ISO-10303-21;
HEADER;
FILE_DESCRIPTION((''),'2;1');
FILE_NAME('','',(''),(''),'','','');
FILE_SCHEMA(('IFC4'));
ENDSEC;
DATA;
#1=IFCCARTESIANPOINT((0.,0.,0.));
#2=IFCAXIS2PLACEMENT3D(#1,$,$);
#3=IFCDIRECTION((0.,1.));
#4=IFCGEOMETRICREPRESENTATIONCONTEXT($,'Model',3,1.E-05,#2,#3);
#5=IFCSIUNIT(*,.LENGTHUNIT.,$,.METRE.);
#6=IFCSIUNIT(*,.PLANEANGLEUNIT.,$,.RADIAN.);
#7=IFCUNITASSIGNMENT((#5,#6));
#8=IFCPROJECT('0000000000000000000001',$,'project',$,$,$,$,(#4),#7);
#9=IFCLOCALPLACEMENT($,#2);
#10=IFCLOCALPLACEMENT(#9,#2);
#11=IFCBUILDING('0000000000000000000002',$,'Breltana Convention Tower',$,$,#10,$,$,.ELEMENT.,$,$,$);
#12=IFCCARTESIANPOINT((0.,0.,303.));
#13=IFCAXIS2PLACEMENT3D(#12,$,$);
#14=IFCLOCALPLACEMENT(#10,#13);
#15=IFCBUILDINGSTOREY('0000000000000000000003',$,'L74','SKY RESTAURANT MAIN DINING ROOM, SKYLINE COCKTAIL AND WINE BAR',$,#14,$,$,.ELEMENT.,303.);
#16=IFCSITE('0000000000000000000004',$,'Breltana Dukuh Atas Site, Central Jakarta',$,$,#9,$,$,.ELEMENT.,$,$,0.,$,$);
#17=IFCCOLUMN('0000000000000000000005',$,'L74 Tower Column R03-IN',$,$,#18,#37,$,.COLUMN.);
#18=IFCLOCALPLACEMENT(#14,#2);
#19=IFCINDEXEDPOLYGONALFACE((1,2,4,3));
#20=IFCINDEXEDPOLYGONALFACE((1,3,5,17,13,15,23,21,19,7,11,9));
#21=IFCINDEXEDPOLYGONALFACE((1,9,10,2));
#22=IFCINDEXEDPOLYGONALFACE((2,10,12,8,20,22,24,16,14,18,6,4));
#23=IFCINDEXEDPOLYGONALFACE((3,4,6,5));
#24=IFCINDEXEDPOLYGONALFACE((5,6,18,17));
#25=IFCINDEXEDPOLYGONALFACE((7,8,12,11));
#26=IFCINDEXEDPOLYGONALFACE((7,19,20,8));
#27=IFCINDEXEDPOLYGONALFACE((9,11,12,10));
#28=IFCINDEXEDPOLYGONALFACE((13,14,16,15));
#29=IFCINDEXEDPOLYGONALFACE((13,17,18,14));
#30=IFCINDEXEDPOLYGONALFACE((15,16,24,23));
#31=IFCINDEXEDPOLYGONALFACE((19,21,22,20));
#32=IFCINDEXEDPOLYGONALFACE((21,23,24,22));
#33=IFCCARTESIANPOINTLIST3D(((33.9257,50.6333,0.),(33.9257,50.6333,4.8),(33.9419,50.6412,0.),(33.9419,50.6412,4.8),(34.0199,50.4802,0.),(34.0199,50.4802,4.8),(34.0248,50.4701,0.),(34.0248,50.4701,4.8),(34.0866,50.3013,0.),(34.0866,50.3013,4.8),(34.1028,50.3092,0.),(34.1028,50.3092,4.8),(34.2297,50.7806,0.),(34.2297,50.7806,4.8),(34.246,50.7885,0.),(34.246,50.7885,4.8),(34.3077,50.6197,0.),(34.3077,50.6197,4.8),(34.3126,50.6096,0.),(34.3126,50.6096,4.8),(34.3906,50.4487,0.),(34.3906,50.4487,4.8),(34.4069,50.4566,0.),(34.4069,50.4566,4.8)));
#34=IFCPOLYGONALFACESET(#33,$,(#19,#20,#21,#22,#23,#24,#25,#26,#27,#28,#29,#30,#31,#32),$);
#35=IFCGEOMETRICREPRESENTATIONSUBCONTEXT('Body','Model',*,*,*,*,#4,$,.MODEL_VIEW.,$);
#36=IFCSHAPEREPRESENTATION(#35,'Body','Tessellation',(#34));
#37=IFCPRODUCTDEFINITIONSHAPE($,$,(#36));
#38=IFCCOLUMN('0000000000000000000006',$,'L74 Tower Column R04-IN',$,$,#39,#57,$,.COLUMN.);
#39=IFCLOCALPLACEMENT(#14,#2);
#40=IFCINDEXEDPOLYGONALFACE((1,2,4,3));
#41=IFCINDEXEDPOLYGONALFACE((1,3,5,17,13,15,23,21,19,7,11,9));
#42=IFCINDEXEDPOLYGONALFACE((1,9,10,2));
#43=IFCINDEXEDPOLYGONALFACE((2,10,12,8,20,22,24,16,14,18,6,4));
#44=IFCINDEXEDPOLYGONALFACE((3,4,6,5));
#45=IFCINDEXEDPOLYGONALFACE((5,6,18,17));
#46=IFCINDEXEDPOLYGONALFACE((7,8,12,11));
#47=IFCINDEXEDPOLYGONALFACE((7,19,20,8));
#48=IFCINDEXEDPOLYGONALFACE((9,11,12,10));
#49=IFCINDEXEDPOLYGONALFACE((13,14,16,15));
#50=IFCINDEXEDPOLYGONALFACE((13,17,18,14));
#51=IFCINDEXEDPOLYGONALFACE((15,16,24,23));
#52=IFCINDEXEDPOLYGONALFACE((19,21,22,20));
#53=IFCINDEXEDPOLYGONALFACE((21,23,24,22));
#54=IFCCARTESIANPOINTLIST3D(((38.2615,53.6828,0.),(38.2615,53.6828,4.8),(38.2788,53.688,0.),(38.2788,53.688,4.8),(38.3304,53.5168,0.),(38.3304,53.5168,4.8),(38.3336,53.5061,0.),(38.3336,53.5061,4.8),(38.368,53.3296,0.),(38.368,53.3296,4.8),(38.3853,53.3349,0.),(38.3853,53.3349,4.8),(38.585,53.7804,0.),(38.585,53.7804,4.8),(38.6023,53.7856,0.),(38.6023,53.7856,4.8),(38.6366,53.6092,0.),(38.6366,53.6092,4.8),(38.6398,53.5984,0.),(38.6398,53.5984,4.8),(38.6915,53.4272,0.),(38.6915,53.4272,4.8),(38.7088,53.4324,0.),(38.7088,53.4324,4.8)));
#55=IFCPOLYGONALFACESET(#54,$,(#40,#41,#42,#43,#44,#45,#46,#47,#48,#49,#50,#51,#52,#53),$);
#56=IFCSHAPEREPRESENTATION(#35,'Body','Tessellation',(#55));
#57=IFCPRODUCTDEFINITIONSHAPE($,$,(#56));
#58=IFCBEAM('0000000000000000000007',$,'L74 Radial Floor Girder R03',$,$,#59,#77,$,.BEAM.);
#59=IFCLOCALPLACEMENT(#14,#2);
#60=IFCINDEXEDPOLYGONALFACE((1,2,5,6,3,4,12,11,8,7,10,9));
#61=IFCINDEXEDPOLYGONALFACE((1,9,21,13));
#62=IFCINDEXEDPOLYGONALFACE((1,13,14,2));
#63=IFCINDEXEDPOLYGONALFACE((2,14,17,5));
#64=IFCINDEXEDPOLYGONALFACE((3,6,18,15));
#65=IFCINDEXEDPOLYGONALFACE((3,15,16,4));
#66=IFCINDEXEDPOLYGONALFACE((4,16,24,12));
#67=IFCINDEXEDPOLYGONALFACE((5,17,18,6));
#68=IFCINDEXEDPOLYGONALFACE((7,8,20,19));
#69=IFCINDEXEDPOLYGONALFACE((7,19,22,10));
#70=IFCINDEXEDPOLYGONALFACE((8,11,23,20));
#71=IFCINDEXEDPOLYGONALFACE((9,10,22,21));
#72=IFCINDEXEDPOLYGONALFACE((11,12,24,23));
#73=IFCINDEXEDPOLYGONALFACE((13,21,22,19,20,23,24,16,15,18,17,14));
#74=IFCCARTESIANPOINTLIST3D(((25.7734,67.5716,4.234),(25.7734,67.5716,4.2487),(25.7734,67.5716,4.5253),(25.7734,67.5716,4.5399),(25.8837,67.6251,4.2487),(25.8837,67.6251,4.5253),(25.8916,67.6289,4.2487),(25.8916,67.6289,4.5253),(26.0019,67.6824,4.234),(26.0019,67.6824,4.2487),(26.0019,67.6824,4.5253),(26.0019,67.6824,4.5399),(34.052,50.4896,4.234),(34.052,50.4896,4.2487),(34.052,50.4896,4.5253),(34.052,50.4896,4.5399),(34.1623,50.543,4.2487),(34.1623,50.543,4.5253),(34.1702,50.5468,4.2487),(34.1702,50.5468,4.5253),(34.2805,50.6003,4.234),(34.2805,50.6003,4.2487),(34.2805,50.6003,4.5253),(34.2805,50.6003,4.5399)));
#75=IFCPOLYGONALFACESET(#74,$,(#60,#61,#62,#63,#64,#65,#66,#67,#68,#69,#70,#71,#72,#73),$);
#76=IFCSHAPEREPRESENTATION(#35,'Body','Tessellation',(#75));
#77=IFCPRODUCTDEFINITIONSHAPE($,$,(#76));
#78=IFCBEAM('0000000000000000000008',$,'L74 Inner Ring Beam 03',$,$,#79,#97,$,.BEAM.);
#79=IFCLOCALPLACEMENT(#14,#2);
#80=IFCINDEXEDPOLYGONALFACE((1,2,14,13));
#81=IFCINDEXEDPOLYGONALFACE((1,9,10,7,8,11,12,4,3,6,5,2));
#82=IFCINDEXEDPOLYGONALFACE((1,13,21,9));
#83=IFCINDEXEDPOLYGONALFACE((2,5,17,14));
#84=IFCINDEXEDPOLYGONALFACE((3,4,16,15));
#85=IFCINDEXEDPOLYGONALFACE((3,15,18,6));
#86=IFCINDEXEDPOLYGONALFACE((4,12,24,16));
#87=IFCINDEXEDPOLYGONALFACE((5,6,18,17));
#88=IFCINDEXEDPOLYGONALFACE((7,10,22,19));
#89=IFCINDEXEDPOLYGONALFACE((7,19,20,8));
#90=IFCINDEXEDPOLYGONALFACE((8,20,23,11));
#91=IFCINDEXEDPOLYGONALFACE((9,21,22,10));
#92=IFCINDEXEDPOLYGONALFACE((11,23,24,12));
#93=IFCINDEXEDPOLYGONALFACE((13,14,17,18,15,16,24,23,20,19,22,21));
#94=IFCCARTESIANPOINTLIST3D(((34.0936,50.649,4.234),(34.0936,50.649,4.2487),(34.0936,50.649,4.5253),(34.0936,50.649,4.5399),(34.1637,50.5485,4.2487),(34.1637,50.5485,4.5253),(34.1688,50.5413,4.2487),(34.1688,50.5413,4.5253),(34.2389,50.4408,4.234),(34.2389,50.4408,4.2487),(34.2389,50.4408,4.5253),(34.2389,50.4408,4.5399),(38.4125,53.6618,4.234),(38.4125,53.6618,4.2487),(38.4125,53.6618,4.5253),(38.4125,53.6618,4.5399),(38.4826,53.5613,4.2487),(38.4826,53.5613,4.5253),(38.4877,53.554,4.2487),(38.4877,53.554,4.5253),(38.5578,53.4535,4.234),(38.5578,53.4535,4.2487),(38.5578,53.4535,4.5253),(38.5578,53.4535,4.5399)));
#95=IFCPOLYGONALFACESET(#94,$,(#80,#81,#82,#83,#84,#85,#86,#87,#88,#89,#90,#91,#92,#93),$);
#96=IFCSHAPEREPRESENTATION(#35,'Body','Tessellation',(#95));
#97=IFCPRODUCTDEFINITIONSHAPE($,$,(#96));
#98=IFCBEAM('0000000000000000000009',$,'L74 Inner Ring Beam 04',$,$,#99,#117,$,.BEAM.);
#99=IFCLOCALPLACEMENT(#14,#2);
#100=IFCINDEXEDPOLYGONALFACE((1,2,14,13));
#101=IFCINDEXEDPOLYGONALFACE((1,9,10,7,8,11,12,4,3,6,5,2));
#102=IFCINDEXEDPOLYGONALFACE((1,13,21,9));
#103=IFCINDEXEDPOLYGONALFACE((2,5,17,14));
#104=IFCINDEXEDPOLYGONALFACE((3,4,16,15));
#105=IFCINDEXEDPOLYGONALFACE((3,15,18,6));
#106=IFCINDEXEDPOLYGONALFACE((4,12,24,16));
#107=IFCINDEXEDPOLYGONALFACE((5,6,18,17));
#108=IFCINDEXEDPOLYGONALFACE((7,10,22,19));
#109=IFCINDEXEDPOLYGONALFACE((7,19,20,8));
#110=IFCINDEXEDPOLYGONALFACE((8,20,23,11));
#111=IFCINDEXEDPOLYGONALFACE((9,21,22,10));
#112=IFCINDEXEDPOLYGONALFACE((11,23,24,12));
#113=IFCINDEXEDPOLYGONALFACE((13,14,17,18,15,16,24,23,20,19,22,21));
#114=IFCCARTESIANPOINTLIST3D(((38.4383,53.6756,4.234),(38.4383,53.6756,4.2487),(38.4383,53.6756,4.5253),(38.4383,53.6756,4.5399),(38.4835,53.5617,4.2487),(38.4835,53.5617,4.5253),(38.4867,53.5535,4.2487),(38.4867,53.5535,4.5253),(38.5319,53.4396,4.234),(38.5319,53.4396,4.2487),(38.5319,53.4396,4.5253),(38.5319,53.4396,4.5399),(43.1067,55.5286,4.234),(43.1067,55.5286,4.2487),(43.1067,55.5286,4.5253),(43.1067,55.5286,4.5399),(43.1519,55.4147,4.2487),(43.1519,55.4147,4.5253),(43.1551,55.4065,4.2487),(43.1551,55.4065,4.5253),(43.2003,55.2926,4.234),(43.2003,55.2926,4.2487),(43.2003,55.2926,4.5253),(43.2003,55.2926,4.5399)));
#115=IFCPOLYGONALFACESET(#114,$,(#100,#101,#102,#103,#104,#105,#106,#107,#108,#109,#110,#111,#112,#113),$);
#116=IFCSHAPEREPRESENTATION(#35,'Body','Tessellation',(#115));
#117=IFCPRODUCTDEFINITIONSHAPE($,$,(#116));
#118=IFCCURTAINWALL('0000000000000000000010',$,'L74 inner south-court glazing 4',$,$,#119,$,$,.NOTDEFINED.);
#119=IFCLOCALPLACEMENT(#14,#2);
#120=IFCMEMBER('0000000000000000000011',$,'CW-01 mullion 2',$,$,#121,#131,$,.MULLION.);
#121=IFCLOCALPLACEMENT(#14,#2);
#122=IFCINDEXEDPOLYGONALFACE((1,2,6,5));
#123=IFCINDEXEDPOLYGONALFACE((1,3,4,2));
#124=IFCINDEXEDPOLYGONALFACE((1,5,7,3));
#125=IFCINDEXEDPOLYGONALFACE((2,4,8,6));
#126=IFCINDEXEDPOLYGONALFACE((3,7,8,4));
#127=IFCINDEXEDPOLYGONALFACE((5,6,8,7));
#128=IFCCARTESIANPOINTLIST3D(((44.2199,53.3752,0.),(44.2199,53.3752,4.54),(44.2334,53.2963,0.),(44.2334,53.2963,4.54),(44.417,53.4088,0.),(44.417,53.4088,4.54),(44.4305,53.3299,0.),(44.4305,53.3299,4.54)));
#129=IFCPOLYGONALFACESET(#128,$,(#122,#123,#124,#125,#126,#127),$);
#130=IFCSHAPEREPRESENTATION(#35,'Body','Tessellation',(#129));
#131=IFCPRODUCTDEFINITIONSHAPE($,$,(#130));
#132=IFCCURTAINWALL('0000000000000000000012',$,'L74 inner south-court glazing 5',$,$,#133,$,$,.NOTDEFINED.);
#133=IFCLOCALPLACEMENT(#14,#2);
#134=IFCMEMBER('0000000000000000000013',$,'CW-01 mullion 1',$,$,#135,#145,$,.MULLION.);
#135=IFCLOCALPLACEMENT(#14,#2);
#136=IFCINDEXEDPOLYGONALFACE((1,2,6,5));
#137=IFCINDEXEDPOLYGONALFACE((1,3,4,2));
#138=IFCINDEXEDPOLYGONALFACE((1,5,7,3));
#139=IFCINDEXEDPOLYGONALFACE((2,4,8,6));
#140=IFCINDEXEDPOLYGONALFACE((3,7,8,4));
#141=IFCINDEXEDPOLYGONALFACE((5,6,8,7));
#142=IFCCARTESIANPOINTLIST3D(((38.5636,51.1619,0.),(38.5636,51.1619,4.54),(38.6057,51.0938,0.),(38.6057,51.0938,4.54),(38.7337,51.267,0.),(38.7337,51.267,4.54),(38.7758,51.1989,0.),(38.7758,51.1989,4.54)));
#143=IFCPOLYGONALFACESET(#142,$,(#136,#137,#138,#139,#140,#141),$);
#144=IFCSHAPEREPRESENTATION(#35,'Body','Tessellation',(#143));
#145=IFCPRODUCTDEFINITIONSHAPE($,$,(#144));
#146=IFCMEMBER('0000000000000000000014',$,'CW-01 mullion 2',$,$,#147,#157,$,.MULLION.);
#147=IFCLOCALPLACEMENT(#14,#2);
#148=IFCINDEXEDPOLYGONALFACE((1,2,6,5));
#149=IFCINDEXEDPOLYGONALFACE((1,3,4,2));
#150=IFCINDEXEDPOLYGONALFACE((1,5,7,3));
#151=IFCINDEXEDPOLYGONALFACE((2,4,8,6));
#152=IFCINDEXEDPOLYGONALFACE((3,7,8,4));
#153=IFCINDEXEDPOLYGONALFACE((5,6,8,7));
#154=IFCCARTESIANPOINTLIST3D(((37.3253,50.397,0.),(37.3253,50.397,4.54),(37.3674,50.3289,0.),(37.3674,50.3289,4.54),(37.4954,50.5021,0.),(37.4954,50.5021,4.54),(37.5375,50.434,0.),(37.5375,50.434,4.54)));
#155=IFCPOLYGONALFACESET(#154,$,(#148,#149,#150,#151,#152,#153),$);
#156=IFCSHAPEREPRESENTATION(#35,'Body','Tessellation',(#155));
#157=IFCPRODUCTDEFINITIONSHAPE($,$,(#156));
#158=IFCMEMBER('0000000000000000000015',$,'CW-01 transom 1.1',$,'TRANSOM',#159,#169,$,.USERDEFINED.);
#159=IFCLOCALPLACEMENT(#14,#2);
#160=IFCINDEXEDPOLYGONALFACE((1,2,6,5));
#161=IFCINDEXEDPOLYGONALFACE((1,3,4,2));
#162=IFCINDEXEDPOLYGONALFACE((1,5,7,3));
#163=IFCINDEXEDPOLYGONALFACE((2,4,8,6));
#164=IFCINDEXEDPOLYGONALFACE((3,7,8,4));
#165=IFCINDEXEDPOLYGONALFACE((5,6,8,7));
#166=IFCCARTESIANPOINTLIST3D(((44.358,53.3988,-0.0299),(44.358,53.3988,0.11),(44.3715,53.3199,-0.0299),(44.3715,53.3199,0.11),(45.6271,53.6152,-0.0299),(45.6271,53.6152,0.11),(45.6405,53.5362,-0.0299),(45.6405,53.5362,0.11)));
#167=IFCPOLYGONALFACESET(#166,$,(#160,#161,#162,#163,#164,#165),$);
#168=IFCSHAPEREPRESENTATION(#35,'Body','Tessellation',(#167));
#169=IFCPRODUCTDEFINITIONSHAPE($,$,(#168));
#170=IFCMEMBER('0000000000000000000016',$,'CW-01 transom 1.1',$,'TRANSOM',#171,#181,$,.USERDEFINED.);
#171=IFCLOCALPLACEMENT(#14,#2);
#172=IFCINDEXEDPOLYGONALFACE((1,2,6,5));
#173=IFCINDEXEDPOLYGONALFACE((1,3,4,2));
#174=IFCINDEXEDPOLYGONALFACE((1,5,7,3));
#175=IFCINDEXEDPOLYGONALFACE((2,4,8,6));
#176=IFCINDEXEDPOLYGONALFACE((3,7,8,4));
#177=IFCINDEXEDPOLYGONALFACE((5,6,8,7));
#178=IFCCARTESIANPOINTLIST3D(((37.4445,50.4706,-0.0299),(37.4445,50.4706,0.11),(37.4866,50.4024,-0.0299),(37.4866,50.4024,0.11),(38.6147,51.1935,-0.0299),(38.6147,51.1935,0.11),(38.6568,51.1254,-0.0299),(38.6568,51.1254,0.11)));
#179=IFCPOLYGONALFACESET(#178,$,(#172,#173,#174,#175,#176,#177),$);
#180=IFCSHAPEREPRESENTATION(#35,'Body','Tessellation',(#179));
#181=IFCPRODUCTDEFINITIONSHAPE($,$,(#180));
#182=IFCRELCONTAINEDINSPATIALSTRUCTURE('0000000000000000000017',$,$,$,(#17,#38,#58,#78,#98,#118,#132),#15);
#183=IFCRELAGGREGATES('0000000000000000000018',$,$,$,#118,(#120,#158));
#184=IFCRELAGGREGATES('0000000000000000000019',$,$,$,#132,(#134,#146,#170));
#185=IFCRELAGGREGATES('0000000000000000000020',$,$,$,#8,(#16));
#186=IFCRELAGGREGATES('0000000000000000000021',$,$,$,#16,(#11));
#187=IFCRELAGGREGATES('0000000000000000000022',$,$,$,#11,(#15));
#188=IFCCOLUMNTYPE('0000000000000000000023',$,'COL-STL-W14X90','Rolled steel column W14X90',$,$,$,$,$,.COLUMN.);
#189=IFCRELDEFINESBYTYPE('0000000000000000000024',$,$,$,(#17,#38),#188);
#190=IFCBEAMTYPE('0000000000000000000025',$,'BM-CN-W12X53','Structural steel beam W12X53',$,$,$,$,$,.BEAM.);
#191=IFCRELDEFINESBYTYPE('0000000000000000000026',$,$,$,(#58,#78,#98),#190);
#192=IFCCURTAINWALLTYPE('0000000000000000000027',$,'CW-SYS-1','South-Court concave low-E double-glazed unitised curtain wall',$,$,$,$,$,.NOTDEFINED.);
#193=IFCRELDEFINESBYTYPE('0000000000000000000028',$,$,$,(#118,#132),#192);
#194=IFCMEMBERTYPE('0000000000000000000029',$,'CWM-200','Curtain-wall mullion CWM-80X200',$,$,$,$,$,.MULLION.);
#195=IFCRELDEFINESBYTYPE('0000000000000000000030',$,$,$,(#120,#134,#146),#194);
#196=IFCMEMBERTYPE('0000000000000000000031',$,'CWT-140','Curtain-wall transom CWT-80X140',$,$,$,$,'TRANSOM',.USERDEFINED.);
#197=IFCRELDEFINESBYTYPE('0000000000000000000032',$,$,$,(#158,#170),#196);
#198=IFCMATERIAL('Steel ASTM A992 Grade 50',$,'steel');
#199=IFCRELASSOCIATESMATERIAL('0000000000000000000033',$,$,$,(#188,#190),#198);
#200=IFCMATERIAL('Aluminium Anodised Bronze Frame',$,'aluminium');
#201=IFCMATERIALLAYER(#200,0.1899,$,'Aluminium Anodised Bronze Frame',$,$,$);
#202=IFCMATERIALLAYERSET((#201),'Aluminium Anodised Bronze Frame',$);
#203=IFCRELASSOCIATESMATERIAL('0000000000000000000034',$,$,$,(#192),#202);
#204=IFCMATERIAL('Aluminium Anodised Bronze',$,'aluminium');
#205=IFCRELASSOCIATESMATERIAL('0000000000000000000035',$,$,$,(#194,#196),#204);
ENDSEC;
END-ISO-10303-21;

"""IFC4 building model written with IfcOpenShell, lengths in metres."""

from ifc_helpers import new_model, si_unit, direction, frame, origin, origin_2d, place, context, subcontext, project, spatial, rectangle, i_section, extrude, source, transform, mapped, material, layer, layer_set, material_profile, profile_set, type_object, type_shapes, element, aggregate, save


model = new_model("IFC4")

# Units and contexts
model_context = context("Model", 3, precision=1e-05, world=origin(), true_north=direction((0.0, 1.0)))
body_context = subcontext(model_context, "Body", "Model", "MODEL_VIEW")
ifc_project = project(units=[si_unit("LENGTHUNIT", "METRE"), si_unit("PLANEANGLEUNIT", "RADIAN")], contexts=[model_context])

# Site, building, storey
site_placement = place(None, origin())
site = spatial("IfcSite", under=ifc_project, at=site_placement, Name="Breltana Dukuh Atas Site, Central Jakarta", CompositionType="ELEMENT", RefElevation=0.0)
building_placement = place(site_placement, origin())
building = spatial("IfcBuilding", under=site, at=building_placement, Name="Breltana Convention Tower", CompositionType="ELEMENT")
storey_placement = place(building_placement, frame((0.0, 0.0, 303.0)))
storey = spatial("IfcBuildingStorey", under=building, at=storey_placement, Name="L74", Description="SKY RESTAURANT MAIN DINING ROOM, SKYLINE COCKTAIL AND WINE BAR", CompositionType="ELEMENT", Elevation=303.0)

# Columns
ifc_material_1 = material(Name="Steel ASTM A992 Grade 50", Category="steel")
ifc_material_profile_1 = material_profile(ifc_material_1, i_section(OverallWidth=0.3689, OverallDepth=0.356, WebThickness=0.0112, FlangeThickness=0.0181, at=origin_2d()), Name="W14X90")
ifc_profile_set_1 = profile_set([ifc_material_profile_1], Name="Steel ASTM A992 Grade 50")
column_type = type_object("IfcColumnType", Name="COL-STL-W14X90", Description="Rolled steel column W14X90", PredefinedType="COLUMN", material=ifc_profile_set_1)
shared_shape_1 = source(origin(), body_context, "Body", "SweptSolid", [
    extrude(i_section(OverallWidth=0.3689, OverallDepth=0.356, WebThickness=0.0112, FlangeThickness=0.0181, at=origin_2d()), origin(), (0.0, 0.0, 1.0), 4.8),
])
type_shapes(column_type, [shared_shape_1])
for number, where, z_axis, x_axis, name in (
    (1, (34.1663, 50.5449, 0.0), (0.0, 0.0, 1.0), (-0.436174, 0.899863, 0.0), "L74 Tower Column R03-IN"),
    (2, (38.4851, 53.5576, 0.0), (0.0, 0.0, 1.0), (-0.288698, 0.95742, 0.0), "L74 Tower Column R04-IN"),
):
    element("IfcColumn", number, at=place(storey_placement, frame(where, z_axis=z_axis, x_axis=x_axis)), inside=storey, type_object=column_type, Name=name, PredefinedType="COLUMN", context=body_context, shape_type="MappedRepresentation", body=[
        mapped(shared_shape_1, transform((0.0, 0.0, 0.0), scale=1.0)),
    ])

# Beams
ifc_material_profile_2 = material_profile(ifc_material_1, i_section(OverallWidth=0.2539, OverallDepth=0.3059, WebThickness=0.0088, FlangeThickness=0.0146, at=origin_2d()), Name="W12X53")
ifc_profile_set_2 = profile_set([ifc_material_profile_2], Name="Steel ASTM A992 Grade 50")
beam_type = type_object("IfcBeamType", Name="BM-CN-W12X53", Description="Structural steel beam W12X53", PredefinedType="BEAM", material=ifc_profile_set_2)
shared_shape_2 = source(origin(), body_context, "Body", "SweptSolid", [
    extrude(i_section(OverallWidth=0.2539, OverallDepth=0.3059, WebThickness=0.0088, FlangeThickness=0.0146, at=origin_2d()), origin(), (0.0, 0.0, 1.0), 18.9824),
])
beam_1_placement = place(storey_placement, frame((34.1663, 50.5449, 4.387), z_axis=(-0.436119, 0.899889, 0.0), x_axis=(-0.899889, -0.436119, 0.0)))
element("IfcBeam", 3, at=beam_1_placement, inside=storey, type_object=beam_type, Name="L74 Radial Floor Girder R03", PredefinedType="BEAM", context=body_context, shape_type="MappedRepresentation", body=[
    mapped(shared_shape_2, transform((0.0, 0.0, 0.0), scale=1.0)),
])
shared_shape_3 = source(origin(), body_context, "Body", "SweptSolid", [
    extrude(i_section(OverallWidth=0.2539, OverallDepth=0.3059, WebThickness=0.0088, FlangeThickness=0.0146, at=origin_2d()), origin(), (0.0, 0.0, 1.0), 5.2659),
])
beam_2_placement = place(storey_placement, frame((34.1663, 50.5449, 4.387), z_axis=(0.820167, 0.572124, 0.0), x_axis=(-0.572124, 0.820167, 0.0)))
element("IfcBeam", 4, at=beam_2_placement, inside=storey, type_object=beam_type, Name="L74 Inner Ring Beam 03", PredefinedType="BEAM", context=body_context, shape_type="MappedRepresentation", body=[
    mapped(shared_shape_3, transform((0.0, 0.0, 0.0), scale=1.0)),
])
shared_shape_4 = source(origin(), body_context, "Body", "SweptSolid", [
    extrude(i_section(OverallWidth=0.2539, OverallDepth=0.3059, WebThickness=0.0088, FlangeThickness=0.0146, at=origin_2d()), origin(), (0.0, 0.0, 1.0), 5.0227),
])
beam_3_placement = place(storey_placement, frame((38.4851, 53.5576, 4.387), z_axis=(0.929459, 0.368926, 0.0), x_axis=(-0.368926, 0.929459, 0.0)))
element("IfcBeam", 5, at=beam_3_placement, inside=storey, type_object=beam_type, Name="L74 Inner Ring Beam 04", PredefinedType="BEAM", context=body_context, shape_type="MappedRepresentation", body=[
    mapped(shared_shape_4, transform((0.0, 0.0, 0.0), scale=1.0)),
])

# Curtain wall, member
ifc_material_2 = material(Name="Aluminium Anodised Bronze Frame", Category="aluminium")
ifc_layer_1 = layer(ifc_material_2, 0.1899, Name="Aluminium Anodised Bronze Frame")
ifc_layer_set_1 = layer_set([ifc_layer_1], Name="Aluminium Anodised Bronze Frame")
curtain_wall_type = type_object("IfcCurtainWallType", Name="CW-SYS-1", Description="South-Court concave low-E double-glazed unitised curtain wall", PredefinedType="NOTDEFINED", material=ifc_layer_set_1)
curtain_wall_1_placement = place(storey_placement, origin())
curtain_wall_1 = element("IfcCurtainWall", 6, at=curtain_wall_1_placement, inside=storey, type_object=curtain_wall_type, Name="L74 inner south-court glazing 4", PredefinedType="NOTDEFINED")
ifc_material_3 = material(Name="Aluminium Anodised Bronze", Category="aluminium")
ifc_material_profile_3 = material_profile(ifc_material_3, rectangle(XDim=0.0801, YDim=0.2, at=origin_2d()), Name="CWM-80X200")
ifc_profile_set_3 = profile_set([ifc_material_profile_3], Name="Aluminium Anodised Bronze")
member_type_1 = type_object("IfcMemberType", Name="CWM-200", Description="Curtain-wall mullion CWM-80X200", PredefinedType="MULLION", material=ifc_profile_set_3)
shared_shape_5 = source(origin(), body_context, "Body", "SweptSolid", [
    extrude(rectangle(XDim=0.0801, YDim=0.2, at=origin_2d()), origin(), (0.0, 0.0, 1.0), 4.54),
])
member_1_placement = place(storey_placement, frame((44.3252, 53.3525, 0.0), z_axis=(0.0, 0.0, 1.0), x_axis=(0.168028, -0.985782, 0.0)))
member_1 = element("IfcMember", 7, at=member_1_placement, type_object=member_type_1, Name="CW-01 mullion 2", PredefinedType="MULLION", context=body_context, shape_type="MappedRepresentation", body=[
    mapped(shared_shape_5, transform((0.0, 0.0, 0.0), scale=1.0)),
])

# Curtain wall, members
curtain_wall_2_placement = place(storey_placement, origin())
curtain_wall_2 = element("IfcCurtainWall", 8, at=curtain_wall_2_placement, inside=storey, type_object=curtain_wall_type, Name="L74 inner south-court glazing 5", PredefinedType="NOTDEFINED")
member_2_placement = place(storey_placement, frame((38.6697, 51.1804, 0.0), z_axis=(0.0, 0.0, 1.0), x_axis=(0.525572, -0.850749, 0.0)))
member_2 = element("IfcMember", 9, at=member_2_placement, type_object=member_type_1, Name="CW-01 mullion 1", PredefinedType="MULLION", context=body_context, shape_type="MappedRepresentation", body=[
    mapped(shared_shape_5, transform((0.0, 0.0, 0.0), scale=1.0)),
])
member_3_placement = place(storey_placement, frame((37.4314, 50.4155, 0.0), z_axis=(0.0, 0.0, 1.0), x_axis=(0.525572, -0.850749, 0.0)))
member_3 = element("IfcMember", 10, at=member_3_placement, type_object=member_type_1, Name="CW-01 mullion 2", PredefinedType="MULLION", context=body_context, shape_type="MappedRepresentation", body=[
    mapped(shared_shape_5, transform((0.0, 0.0, 0.0), scale=1.0)),
])

# Members
ifc_material_profile_4 = material_profile(ifc_material_3, rectangle(XDim=0.0801, YDim=0.1399, at=origin_2d()), Name="CWT-80X140")
ifc_profile_set_4 = profile_set([ifc_material_profile_4], Name="Aluminium Anodised Bronze")
member_type_2 = type_object("IfcMemberType", Name="CWT-140", Description="Curtain-wall transom CWT-80X140", ElementType="TRANSOM", PredefinedType="USERDEFINED", material=ifc_profile_set_4)
shared_shape_6 = source(origin(), body_context, "Body", "SweptSolid", [
    extrude(rectangle(XDim=0.0801, YDim=0.1399, at=origin_2d()), origin(), (0.0, 0.0, 1.0), 1.2874),
])
member_4_placement = place(storey_placement, frame((45.6338, 53.5757, 0.04), z_axis=(-0.985782, -0.168027, 0.0), x_axis=(0.168027, -0.985782, 0.0)))
member_4 = element("IfcMember", 11, at=member_4_placement, type_object=member_type_2, Name="CW-01 transom 1.1", ObjectType="TRANSOM", PredefinedType="USERDEFINED", context=body_context, shape_type="MappedRepresentation", body=[
    mapped(shared_shape_6, transform((0.0, 0.0, 0.0), scale=1.0)),
])
shared_shape_7 = source(origin(), body_context, "Body", "SweptSolid", [
    extrude(rectangle(XDim=0.0801, YDim=0.1399, at=origin_2d()), origin(), (0.0, 0.0, 1.0), 1.3755),
])
member_5_placement = place(storey_placement, frame((38.6357, 51.1594, 0.04), z_axis=(-0.850749, -0.525572, 0.0), x_axis=(0.525572, -0.850749, 0.0)))
member_5 = element("IfcMember", 12, at=member_5_placement, type_object=member_type_2, Name="CW-01 transom 1.1", ObjectType="TRANSOM", PredefinedType="USERDEFINED", context=body_context, shape_type="MappedRepresentation", body=[
    mapped(shared_shape_7, transform((0.0, 0.0, 0.0), scale=1.0)),
])

aggregate(curtain_wall_1, [member_1, member_4])
aggregate(curtain_wall_2, [member_2, member_3, member_5])

save(model, "model.ifc")
